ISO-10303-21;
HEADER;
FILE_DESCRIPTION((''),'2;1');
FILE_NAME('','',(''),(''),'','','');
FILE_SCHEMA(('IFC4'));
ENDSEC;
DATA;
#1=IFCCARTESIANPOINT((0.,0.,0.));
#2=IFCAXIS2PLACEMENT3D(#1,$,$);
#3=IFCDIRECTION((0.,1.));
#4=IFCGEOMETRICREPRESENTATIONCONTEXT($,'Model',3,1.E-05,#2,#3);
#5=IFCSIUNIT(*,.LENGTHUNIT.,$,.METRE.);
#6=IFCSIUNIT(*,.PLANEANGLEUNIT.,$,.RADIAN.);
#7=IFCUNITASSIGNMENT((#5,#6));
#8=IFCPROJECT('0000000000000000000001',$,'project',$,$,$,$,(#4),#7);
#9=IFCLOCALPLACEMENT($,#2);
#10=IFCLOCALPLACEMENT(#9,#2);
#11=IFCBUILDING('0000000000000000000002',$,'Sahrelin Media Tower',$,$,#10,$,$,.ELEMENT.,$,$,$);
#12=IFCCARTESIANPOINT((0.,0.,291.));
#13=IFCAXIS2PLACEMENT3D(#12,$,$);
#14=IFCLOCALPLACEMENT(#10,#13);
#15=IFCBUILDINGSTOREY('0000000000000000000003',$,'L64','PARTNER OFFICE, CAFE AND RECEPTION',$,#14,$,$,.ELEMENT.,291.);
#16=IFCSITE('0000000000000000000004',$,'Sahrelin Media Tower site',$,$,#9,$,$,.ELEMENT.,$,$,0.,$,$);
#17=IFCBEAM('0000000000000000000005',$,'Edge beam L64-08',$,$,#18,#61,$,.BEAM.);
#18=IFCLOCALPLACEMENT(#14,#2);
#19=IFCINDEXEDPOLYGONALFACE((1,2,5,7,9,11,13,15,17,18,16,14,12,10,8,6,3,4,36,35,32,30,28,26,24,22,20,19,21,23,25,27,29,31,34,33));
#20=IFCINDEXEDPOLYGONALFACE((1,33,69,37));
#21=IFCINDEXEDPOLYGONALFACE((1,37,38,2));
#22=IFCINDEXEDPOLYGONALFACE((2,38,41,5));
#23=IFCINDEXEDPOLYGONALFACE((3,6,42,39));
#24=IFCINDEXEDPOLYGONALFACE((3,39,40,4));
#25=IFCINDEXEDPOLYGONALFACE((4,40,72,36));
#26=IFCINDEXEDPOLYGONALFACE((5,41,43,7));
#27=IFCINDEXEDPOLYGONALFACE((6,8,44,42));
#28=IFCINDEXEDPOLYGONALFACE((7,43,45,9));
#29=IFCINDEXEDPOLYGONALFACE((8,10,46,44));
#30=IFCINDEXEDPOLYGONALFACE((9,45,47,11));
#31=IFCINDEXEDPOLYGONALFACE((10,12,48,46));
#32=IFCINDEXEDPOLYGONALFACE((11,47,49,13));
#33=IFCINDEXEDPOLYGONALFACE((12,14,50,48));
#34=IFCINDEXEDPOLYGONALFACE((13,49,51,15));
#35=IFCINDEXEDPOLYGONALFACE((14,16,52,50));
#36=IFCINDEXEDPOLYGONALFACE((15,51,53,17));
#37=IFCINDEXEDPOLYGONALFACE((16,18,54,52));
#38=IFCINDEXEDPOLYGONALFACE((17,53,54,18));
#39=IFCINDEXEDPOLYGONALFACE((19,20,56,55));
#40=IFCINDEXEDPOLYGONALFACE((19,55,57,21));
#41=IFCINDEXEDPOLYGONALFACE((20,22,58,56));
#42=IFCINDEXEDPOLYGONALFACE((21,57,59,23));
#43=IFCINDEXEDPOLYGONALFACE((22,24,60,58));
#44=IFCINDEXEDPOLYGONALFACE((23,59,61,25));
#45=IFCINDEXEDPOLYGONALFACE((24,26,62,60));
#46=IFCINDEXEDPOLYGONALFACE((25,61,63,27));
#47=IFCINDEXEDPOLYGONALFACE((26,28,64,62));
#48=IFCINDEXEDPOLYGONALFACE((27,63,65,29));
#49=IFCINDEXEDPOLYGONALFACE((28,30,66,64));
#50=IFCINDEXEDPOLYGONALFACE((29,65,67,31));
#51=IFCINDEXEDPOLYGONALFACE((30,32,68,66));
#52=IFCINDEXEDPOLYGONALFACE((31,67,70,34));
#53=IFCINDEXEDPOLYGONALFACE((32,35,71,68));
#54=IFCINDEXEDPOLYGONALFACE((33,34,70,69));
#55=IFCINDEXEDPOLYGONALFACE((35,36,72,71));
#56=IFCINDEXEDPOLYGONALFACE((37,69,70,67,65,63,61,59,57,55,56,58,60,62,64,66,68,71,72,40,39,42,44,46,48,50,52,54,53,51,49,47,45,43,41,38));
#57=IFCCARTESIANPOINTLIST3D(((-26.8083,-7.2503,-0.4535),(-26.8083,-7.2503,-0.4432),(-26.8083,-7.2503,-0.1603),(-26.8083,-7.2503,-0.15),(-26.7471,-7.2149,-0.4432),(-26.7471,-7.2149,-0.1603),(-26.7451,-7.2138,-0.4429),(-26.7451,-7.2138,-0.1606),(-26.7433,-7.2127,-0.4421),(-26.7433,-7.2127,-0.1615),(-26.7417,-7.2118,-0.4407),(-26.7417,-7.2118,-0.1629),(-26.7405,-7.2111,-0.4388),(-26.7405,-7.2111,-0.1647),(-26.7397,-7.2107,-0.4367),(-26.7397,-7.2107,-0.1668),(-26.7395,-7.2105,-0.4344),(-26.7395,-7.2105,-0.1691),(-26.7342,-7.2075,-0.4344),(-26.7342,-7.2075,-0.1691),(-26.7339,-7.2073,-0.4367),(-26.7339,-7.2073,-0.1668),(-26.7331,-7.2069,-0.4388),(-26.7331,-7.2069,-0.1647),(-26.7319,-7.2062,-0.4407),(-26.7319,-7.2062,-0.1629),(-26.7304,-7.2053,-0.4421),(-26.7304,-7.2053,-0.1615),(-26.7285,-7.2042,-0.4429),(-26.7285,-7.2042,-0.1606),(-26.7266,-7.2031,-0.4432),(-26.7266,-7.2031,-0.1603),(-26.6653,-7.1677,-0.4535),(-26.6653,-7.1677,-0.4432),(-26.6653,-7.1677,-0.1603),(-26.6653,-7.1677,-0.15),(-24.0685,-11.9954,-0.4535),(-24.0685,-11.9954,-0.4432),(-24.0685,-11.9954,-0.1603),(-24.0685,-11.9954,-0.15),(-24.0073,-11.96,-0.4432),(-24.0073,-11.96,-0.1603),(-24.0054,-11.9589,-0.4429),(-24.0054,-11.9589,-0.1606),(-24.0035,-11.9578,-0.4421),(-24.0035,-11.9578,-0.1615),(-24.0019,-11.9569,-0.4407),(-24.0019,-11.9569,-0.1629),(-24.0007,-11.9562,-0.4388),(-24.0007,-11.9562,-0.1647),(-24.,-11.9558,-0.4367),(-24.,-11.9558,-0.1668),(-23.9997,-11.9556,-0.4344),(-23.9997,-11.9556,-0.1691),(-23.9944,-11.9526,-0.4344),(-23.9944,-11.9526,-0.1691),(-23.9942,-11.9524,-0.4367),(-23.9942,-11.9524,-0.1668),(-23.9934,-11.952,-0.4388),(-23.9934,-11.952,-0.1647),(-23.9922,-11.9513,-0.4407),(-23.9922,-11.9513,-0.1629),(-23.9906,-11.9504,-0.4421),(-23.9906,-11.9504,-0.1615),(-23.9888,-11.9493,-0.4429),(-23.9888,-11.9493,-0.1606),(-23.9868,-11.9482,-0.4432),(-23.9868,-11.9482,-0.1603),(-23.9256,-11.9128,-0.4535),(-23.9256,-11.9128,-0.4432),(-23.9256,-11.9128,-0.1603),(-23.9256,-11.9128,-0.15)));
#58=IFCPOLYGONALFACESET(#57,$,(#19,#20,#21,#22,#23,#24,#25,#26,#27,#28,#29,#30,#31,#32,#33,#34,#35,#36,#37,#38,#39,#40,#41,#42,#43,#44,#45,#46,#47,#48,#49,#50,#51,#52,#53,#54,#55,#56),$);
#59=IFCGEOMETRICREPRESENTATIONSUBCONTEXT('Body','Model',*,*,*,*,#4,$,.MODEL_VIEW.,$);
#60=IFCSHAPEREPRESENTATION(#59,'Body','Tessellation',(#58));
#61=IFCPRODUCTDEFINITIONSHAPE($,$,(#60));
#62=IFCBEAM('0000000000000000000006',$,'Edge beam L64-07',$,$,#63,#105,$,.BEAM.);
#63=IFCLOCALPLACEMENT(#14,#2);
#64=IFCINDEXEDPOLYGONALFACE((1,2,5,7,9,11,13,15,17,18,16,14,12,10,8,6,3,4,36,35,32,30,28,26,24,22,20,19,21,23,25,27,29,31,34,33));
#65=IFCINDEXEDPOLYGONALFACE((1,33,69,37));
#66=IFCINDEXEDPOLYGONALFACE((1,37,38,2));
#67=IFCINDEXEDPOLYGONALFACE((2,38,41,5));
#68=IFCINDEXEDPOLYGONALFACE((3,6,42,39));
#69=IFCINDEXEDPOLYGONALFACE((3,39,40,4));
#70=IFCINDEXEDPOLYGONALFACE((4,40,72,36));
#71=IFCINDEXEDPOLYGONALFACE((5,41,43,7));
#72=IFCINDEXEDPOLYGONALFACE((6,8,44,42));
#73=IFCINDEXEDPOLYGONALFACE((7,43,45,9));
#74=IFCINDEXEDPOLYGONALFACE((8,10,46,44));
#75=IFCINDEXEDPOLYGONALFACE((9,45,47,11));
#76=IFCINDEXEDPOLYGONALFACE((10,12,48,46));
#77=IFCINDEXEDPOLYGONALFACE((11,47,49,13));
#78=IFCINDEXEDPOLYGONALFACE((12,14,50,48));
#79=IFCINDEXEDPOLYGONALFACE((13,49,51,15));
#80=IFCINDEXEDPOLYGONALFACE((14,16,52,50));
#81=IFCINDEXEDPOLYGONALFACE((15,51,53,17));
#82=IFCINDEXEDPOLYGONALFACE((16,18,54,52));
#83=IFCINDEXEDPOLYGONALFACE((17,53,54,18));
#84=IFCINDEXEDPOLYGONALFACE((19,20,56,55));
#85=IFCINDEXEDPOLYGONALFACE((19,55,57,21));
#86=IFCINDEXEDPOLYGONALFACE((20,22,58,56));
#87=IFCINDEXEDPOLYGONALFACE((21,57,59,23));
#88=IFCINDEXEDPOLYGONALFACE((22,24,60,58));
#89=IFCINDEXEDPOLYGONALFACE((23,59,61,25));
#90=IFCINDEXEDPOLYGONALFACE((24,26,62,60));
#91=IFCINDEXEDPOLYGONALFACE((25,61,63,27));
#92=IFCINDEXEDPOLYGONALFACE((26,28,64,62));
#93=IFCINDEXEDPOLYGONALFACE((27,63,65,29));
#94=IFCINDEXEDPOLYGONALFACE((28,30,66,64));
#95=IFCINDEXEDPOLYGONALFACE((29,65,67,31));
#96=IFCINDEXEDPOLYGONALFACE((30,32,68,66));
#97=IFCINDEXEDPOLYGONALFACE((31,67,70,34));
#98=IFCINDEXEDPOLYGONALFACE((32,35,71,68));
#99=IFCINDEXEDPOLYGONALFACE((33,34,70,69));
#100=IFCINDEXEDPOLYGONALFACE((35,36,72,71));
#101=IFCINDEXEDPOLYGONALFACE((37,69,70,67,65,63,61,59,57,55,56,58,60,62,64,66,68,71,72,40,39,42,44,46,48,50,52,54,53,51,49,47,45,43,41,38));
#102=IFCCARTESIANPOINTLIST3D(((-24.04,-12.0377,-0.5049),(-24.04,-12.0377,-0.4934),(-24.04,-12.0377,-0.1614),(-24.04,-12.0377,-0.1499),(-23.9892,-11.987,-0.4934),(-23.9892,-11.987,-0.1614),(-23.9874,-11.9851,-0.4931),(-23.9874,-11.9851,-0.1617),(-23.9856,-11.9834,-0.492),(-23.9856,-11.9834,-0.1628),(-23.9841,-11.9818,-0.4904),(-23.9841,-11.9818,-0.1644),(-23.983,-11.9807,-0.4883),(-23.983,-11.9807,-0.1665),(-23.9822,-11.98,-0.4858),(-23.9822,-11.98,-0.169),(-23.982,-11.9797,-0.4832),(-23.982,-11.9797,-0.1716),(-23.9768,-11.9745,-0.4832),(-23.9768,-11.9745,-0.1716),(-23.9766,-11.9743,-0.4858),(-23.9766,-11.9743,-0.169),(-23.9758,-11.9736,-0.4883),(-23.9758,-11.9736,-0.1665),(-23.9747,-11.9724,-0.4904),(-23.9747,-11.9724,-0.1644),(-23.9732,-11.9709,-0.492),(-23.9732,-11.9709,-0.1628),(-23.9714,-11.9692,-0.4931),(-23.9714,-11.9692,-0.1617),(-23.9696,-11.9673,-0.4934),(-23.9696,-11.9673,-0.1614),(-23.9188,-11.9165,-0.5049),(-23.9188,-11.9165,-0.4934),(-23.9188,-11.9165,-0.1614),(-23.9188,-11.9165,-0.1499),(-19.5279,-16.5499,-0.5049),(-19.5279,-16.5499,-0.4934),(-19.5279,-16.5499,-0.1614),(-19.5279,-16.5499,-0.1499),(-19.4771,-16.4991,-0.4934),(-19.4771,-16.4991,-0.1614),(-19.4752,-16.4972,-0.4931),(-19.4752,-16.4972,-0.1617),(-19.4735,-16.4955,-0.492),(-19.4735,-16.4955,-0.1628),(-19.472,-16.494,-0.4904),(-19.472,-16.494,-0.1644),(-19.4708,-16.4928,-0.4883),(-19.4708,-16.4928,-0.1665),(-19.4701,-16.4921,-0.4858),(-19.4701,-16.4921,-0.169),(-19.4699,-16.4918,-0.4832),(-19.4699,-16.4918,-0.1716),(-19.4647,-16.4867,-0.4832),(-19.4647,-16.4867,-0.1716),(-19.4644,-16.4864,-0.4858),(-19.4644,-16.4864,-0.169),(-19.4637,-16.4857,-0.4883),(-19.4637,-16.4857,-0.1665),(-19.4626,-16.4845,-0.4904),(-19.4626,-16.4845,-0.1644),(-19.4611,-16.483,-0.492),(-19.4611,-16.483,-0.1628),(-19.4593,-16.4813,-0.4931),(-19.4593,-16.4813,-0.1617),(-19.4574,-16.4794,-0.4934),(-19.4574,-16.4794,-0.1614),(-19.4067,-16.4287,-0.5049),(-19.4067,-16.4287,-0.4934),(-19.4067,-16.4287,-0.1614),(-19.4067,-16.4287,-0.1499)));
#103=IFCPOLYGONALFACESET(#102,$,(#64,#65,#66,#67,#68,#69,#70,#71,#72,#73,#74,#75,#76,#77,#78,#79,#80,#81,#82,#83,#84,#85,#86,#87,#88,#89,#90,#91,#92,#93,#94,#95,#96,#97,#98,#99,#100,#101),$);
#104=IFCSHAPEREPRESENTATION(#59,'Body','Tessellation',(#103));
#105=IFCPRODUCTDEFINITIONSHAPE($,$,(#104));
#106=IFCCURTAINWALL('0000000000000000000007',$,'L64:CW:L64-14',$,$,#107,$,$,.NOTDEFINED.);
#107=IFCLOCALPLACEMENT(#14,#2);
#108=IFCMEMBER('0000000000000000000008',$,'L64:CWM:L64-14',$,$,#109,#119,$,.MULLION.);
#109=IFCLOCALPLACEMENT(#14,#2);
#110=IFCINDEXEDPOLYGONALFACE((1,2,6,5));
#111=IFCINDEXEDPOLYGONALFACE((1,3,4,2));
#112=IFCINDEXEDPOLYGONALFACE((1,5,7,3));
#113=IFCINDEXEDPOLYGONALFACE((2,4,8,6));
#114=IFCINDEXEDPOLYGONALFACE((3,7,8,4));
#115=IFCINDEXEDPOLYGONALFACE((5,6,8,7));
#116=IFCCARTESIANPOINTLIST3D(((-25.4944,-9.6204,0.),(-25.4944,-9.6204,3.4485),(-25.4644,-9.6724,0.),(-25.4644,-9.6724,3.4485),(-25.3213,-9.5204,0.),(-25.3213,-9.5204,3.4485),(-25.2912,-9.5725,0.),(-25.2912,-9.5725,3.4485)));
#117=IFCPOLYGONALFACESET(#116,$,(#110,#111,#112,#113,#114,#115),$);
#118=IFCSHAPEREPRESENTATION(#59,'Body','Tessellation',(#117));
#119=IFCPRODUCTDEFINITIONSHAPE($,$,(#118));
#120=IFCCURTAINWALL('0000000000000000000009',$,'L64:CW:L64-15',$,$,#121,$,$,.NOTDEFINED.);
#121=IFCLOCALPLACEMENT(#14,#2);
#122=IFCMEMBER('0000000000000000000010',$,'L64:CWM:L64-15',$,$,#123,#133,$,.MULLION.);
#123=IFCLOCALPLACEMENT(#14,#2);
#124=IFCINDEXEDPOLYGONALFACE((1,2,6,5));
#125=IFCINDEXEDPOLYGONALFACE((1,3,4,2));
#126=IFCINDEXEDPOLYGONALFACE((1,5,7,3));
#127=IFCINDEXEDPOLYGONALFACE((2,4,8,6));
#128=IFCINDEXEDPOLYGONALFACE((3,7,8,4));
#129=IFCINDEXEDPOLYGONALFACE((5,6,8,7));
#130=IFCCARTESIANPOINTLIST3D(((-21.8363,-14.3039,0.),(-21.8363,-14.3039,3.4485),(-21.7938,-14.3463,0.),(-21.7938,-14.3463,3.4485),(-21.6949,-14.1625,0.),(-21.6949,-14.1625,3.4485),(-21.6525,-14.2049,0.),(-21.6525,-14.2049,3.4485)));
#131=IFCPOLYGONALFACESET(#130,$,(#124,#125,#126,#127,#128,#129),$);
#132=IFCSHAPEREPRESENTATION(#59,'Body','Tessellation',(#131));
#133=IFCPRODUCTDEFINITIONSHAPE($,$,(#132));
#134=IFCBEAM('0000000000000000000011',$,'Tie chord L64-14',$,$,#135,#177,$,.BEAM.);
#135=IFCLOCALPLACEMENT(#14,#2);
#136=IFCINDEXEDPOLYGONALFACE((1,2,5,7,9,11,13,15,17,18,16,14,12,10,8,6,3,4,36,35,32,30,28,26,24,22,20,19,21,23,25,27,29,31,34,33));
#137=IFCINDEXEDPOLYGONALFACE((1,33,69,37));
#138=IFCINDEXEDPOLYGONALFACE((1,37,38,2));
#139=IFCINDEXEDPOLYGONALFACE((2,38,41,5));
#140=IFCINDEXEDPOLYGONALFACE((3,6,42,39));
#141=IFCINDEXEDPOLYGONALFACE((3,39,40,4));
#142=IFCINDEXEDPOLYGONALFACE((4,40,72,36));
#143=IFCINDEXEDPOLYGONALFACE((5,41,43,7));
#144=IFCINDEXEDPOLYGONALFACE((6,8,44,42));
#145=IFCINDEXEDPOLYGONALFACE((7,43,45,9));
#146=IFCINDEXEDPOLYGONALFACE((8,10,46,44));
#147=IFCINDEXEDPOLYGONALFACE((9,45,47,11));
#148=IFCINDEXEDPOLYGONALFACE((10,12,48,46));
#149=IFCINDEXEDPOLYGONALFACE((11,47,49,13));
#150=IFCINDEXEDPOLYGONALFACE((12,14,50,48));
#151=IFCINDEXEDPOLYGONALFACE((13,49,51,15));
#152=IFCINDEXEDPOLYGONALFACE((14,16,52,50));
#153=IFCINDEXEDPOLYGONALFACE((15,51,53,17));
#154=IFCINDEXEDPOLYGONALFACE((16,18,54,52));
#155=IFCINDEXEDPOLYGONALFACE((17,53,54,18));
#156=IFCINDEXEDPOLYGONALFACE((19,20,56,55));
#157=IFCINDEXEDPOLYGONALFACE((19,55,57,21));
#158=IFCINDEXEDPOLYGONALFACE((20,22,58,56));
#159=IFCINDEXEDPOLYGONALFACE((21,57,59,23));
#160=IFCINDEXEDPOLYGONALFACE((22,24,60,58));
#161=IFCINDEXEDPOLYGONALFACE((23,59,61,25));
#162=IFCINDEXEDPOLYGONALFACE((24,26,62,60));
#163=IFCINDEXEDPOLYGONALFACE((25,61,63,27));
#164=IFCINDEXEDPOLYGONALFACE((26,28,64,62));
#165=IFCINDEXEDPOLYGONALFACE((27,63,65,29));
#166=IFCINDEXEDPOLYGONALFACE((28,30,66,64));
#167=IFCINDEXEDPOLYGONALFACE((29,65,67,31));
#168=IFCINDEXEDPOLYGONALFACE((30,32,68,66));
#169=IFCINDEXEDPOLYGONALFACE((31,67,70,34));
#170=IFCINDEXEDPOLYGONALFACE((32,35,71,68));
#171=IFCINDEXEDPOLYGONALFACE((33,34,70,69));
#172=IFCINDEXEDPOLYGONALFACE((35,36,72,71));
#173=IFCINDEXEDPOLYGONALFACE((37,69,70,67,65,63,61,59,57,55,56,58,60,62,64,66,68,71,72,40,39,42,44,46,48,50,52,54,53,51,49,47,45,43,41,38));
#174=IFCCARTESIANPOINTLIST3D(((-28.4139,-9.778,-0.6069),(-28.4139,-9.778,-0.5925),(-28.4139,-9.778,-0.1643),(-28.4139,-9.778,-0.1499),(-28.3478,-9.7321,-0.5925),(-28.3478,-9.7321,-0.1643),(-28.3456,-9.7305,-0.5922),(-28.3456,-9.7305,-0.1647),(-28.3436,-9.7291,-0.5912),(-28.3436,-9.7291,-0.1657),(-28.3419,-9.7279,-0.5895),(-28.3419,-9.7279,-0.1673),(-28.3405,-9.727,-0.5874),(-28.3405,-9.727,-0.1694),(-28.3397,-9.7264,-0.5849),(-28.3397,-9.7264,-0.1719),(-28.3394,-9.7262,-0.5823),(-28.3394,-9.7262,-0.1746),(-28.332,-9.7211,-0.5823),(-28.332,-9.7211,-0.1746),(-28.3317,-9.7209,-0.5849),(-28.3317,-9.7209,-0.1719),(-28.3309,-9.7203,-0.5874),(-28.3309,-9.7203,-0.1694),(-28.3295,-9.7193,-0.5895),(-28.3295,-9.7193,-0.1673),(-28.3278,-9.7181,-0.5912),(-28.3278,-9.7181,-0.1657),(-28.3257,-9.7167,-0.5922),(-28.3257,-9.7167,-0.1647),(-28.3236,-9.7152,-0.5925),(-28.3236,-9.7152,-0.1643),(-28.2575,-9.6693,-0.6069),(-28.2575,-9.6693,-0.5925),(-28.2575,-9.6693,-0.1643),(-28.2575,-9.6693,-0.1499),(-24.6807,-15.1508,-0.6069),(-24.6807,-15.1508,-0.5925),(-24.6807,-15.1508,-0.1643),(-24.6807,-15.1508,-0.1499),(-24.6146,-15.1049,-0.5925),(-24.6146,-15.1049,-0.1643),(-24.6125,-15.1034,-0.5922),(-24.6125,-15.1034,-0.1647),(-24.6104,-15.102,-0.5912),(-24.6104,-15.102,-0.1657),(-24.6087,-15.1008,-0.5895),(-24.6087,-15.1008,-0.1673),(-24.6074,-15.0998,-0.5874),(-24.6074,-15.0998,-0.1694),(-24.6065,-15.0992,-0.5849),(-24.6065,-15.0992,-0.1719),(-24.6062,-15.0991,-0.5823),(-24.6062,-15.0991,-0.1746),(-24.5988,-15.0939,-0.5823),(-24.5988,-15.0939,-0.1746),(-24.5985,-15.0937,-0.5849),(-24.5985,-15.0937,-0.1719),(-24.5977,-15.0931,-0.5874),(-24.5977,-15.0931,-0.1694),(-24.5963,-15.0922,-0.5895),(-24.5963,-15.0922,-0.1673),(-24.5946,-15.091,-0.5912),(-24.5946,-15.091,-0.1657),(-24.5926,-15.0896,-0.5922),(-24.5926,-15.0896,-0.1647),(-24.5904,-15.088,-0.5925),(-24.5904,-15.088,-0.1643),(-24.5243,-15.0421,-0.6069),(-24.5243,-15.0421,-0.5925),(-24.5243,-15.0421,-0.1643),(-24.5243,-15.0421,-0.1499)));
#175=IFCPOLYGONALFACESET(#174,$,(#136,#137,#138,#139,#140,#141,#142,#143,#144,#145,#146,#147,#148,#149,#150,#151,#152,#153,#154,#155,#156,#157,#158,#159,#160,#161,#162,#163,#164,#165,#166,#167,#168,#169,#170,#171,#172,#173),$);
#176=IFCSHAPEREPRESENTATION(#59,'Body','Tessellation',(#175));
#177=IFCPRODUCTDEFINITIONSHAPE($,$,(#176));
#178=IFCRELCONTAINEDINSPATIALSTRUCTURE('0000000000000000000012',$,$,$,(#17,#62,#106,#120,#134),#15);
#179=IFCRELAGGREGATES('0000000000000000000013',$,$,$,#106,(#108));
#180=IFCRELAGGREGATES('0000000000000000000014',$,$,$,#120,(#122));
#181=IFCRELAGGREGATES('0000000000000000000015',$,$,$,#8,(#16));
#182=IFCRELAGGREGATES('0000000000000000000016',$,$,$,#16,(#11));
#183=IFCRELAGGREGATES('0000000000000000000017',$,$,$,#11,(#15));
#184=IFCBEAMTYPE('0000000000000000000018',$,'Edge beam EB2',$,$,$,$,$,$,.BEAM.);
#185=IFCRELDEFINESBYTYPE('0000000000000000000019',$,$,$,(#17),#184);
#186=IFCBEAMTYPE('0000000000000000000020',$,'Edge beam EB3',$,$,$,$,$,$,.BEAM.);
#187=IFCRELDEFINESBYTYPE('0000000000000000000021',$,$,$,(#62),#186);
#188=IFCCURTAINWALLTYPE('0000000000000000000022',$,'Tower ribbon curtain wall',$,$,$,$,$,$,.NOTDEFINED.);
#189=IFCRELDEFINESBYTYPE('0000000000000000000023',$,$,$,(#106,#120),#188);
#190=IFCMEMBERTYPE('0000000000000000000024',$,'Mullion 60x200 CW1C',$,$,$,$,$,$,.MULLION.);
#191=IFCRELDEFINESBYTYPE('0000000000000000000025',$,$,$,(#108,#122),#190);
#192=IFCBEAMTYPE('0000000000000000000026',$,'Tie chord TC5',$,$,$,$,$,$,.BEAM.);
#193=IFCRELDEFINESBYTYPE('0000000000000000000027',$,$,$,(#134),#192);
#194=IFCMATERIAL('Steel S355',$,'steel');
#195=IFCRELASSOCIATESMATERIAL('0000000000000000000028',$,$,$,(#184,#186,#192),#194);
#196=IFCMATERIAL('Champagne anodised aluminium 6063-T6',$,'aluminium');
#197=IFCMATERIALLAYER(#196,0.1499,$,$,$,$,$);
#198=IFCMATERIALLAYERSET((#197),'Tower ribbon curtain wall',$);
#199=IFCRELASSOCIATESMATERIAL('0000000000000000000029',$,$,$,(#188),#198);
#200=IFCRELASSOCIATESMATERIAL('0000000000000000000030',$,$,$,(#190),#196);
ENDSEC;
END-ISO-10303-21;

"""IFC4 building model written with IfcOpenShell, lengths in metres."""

from ifc_helpers import new_model, si_unit, direction, frame, origin, origin_2d, place, context, subcontext, project, spatial, rectangle, i_section, extrude, material, layer, layer_set, material_profile, profile_set, type_object, element, aggregate, save


model = new_model("IFC4")

# Units and contexts
model_context = context("Model", 3, precision=1e-05, world=origin(), true_north=direction((0.0, 1.0)))
body_context = subcontext(model_context, "Body", "Model", "MODEL_VIEW")
ifc_project = project(units=[si_unit("LENGTHUNIT", "METRE"), si_unit("PLANEANGLEUNIT", "RADIAN")], contexts=[model_context])

# Site, building, storey
site_placement = place(None, origin())
site = spatial("IfcSite", under=ifc_project, at=site_placement, Name="Sahrelin Media Tower site", CompositionType="ELEMENT", RefElevation=0.0)
building_placement = place(site_placement, origin())
building = spatial("IfcBuilding", under=site, at=building_placement, Name="Sahrelin Media Tower", CompositionType="ELEMENT")
storey_placement = place(building_placement, frame((0.0, 0.0, 291.0)))
storey = spatial("IfcBuildingStorey", under=building, at=storey_placement, Name="L64", Description="PARTNER OFFICE, CAFE AND RECEPTION", CompositionType="ELEMENT", Elevation=291.0)

# Beams
ifc_material_1 = material(Name="Steel S355", Category="steel")
ifc_material_profile_1 = material_profile(ifc_material_1, i_section(OverallWidth=0.165, OverallDepth=0.3035, WebThickness=0.0061, FlangeThickness=0.0103, FilletRadius=0.0088, at=origin_2d()), Name="UB 305x165x40")
ifc_profile_set_1 = profile_set([ifc_material_profile_1], Name="Steel S355")
beam_type_1 = type_object("IfcBeamType", Name="Edge beam EB2", PredefinedType="BEAM", material=ifc_profile_set_1)
beam_1_placement = place(storey_placement, frame((-23.9971, -11.9541, -0.3018), z_axis=(-0.500021, 0.866013, 0.0), x_axis=(-0.866013, -0.500021, 0.0)))
element("IfcBeam", 1, at=beam_1_placement, inside=storey, type_object=beam_type_1, Name="Edge beam L64-08", PredefinedType="BEAM", context=body_context, shape_type="SweptSolid", body=[
    extrude(i_section(OverallWidth=0.165, OverallDepth=0.3035, WebThickness=0.0061, FlangeThickness=0.0103, FilletRadius=0.0088, at=origin_2d()), origin(), (0.0, 0.0, 1.0), 5.4792),
])
ifc_material_profile_2 = material_profile(ifc_material_1, i_section(OverallWidth=0.1714, OverallDepth=0.355, WebThickness=0.0073, FlangeThickness=0.0115, FilletRadius=0.0103, at=origin_2d()), Name="UB 356x171x51")
ifc_profile_set_2 = profile_set([ifc_material_profile_2], Name="Steel S355")
beam_type_2 = type_object("IfcBeamType", Name="Edge beam EB3", PredefinedType="BEAM", material=ifc_profile_set_2)
beam_2_placement = place(storey_placement, frame((-19.4673, -16.4893, -0.3274), z_axis=(-0.707107, 0.707107, 0.0), x_axis=(-0.707107, -0.707107, 0.0)))
element("IfcBeam", 2, at=beam_2_placement, inside=storey, type_object=beam_type_2, Name="Edge beam L64-07", PredefinedType="BEAM", context=body_context, shape_type="SweptSolid", body=[
    extrude(i_section(OverallWidth=0.1714, OverallDepth=0.355, WebThickness=0.0073, FlangeThickness=0.0115, FilletRadius=0.0103, at=origin_2d()), origin(), (0.0, 0.0, 1.0), 6.3811),
])

# Curtain walls, members
ifc_material_2 = material(Name="Champagne anodised aluminium 6063-T6", Category="aluminium")
ifc_layer_1 = layer(ifc_material_2, 0.1499)
ifc_layer_set_1 = layer_set([ifc_layer_1], Name="Tower ribbon curtain wall")
curtain_wall_type = type_object("IfcCurtainWallType", Name="Tower ribbon curtain wall", PredefinedType="NOTDEFINED", material=ifc_layer_set_1)
curtain_wall_1_placement = place(storey_placement, frame((-25.4968, -9.6565, 0.0), z_axis=(0.0, 0.0, 1.0), x_axis=(1.0, 0.0, 0.0)))
curtain_wall_1 = element("IfcCurtainWall", 3, at=curtain_wall_1_placement, inside=storey, type_object=curtain_wall_type, Name="L64:CW:L64-14", PredefinedType="NOTDEFINED")
ifc_material_profile_3 = material_profile(ifc_material_2, rectangle(XDim=0.0601, YDim=0.2, at=origin_2d()), Name="Mullion 60x200")
ifc_profile_set_3 = profile_set([ifc_material_profile_3], Name="Champagne anodised aluminium 6063-T6")
member_type_1 = type_object("IfcMemberType", Name="Mullion 60x200 CW1C", PredefinedType="MULLION", material=ifc_profile_set_3)
member_1_placement = place(storey_placement, frame((-25.3928, -9.5964, 0.0), z_axis=(0.0, 0.0, 1.0), x_axis=(0.500003, -0.866024, 0.0)))
member_1 = element("IfcMember", 4, at=member_1_placement, type_object=member_type_1, Name="L64:CWM:L64-14", PredefinedType="MULLION", context=body_context, shape_type="SweptSolid", body=[
    extrude(rectangle(XDim=0.0601, YDim=0.2, at=origin_2d()), origin(), (0.0, 0.0, 1.0), 3.4485),
])
aggregate(curtain_wall_1, [member_1])
curtain_wall_2_placement = place(storey_placement, frame((-21.8293, -14.3391, 0.0), z_axis=(0.0, 0.0, 1.0), x_axis=(1.0, 0.0, 0.0)))
curtain_wall_2 = element("IfcCurtainWall", 5, at=curtain_wall_2_placement, inside=storey, type_object=curtain_wall_type, Name="L64:CW:L64-15", PredefinedType="NOTDEFINED")
member_2_placement = place(storey_placement, frame((-21.7444, -14.2544, 0.0), z_axis=(0.0, 0.0, 1.0), x_axis=(0.707107, -0.707107, 0.0)))
member_2 = element("IfcMember", 6, at=member_2_placement, type_object=member_type_1, Name="L64:CWM:L64-15", PredefinedType="MULLION", context=body_context, shape_type="SweptSolid", body=[
    extrude(rectangle(XDim=0.0601, YDim=0.2, at=origin_2d()), origin(), (0.0, 0.0, 1.0), 3.4485),
])

# Beam
ifc_material_profile_4 = material_profile(ifc_material_1, i_section(OverallWidth=0.1904, OverallDepth=0.457, WebThickness=0.009, FlangeThickness=0.0144, FilletRadius=0.0103, at=origin_2d()), Name="UB 457x191x74")
ifc_profile_set_4 = profile_set([ifc_material_profile_4], Name="Steel S355")
beam_type_3 = type_object("IfcBeamType", Name="Tie chord TC5", PredefinedType="BEAM", material=ifc_profile_set_4)
beam_3_placement = place(storey_placement, frame((-28.3357, -9.7236, -0.3784), z_axis=(0.570606, -0.821224, 0.0), x_axis=(0.821224, 0.570606, 0.0)))
element("IfcBeam", 7, at=beam_3_placement, inside=storey, type_object=beam_type_3, Name="Tie chord L64-14", PredefinedType="BEAM", context=body_context, shape_type="SweptSolid", body=[
    extrude(i_section(OverallWidth=0.1904, OverallDepth=0.457, WebThickness=0.009, FlangeThickness=0.0144, FilletRadius=0.0103, at=origin_2d()), origin(), (0.0, 0.0, 1.0), 6.5425),
])

aggregate(curtain_wall_2, [member_2])

save(model, "model.ifc")
